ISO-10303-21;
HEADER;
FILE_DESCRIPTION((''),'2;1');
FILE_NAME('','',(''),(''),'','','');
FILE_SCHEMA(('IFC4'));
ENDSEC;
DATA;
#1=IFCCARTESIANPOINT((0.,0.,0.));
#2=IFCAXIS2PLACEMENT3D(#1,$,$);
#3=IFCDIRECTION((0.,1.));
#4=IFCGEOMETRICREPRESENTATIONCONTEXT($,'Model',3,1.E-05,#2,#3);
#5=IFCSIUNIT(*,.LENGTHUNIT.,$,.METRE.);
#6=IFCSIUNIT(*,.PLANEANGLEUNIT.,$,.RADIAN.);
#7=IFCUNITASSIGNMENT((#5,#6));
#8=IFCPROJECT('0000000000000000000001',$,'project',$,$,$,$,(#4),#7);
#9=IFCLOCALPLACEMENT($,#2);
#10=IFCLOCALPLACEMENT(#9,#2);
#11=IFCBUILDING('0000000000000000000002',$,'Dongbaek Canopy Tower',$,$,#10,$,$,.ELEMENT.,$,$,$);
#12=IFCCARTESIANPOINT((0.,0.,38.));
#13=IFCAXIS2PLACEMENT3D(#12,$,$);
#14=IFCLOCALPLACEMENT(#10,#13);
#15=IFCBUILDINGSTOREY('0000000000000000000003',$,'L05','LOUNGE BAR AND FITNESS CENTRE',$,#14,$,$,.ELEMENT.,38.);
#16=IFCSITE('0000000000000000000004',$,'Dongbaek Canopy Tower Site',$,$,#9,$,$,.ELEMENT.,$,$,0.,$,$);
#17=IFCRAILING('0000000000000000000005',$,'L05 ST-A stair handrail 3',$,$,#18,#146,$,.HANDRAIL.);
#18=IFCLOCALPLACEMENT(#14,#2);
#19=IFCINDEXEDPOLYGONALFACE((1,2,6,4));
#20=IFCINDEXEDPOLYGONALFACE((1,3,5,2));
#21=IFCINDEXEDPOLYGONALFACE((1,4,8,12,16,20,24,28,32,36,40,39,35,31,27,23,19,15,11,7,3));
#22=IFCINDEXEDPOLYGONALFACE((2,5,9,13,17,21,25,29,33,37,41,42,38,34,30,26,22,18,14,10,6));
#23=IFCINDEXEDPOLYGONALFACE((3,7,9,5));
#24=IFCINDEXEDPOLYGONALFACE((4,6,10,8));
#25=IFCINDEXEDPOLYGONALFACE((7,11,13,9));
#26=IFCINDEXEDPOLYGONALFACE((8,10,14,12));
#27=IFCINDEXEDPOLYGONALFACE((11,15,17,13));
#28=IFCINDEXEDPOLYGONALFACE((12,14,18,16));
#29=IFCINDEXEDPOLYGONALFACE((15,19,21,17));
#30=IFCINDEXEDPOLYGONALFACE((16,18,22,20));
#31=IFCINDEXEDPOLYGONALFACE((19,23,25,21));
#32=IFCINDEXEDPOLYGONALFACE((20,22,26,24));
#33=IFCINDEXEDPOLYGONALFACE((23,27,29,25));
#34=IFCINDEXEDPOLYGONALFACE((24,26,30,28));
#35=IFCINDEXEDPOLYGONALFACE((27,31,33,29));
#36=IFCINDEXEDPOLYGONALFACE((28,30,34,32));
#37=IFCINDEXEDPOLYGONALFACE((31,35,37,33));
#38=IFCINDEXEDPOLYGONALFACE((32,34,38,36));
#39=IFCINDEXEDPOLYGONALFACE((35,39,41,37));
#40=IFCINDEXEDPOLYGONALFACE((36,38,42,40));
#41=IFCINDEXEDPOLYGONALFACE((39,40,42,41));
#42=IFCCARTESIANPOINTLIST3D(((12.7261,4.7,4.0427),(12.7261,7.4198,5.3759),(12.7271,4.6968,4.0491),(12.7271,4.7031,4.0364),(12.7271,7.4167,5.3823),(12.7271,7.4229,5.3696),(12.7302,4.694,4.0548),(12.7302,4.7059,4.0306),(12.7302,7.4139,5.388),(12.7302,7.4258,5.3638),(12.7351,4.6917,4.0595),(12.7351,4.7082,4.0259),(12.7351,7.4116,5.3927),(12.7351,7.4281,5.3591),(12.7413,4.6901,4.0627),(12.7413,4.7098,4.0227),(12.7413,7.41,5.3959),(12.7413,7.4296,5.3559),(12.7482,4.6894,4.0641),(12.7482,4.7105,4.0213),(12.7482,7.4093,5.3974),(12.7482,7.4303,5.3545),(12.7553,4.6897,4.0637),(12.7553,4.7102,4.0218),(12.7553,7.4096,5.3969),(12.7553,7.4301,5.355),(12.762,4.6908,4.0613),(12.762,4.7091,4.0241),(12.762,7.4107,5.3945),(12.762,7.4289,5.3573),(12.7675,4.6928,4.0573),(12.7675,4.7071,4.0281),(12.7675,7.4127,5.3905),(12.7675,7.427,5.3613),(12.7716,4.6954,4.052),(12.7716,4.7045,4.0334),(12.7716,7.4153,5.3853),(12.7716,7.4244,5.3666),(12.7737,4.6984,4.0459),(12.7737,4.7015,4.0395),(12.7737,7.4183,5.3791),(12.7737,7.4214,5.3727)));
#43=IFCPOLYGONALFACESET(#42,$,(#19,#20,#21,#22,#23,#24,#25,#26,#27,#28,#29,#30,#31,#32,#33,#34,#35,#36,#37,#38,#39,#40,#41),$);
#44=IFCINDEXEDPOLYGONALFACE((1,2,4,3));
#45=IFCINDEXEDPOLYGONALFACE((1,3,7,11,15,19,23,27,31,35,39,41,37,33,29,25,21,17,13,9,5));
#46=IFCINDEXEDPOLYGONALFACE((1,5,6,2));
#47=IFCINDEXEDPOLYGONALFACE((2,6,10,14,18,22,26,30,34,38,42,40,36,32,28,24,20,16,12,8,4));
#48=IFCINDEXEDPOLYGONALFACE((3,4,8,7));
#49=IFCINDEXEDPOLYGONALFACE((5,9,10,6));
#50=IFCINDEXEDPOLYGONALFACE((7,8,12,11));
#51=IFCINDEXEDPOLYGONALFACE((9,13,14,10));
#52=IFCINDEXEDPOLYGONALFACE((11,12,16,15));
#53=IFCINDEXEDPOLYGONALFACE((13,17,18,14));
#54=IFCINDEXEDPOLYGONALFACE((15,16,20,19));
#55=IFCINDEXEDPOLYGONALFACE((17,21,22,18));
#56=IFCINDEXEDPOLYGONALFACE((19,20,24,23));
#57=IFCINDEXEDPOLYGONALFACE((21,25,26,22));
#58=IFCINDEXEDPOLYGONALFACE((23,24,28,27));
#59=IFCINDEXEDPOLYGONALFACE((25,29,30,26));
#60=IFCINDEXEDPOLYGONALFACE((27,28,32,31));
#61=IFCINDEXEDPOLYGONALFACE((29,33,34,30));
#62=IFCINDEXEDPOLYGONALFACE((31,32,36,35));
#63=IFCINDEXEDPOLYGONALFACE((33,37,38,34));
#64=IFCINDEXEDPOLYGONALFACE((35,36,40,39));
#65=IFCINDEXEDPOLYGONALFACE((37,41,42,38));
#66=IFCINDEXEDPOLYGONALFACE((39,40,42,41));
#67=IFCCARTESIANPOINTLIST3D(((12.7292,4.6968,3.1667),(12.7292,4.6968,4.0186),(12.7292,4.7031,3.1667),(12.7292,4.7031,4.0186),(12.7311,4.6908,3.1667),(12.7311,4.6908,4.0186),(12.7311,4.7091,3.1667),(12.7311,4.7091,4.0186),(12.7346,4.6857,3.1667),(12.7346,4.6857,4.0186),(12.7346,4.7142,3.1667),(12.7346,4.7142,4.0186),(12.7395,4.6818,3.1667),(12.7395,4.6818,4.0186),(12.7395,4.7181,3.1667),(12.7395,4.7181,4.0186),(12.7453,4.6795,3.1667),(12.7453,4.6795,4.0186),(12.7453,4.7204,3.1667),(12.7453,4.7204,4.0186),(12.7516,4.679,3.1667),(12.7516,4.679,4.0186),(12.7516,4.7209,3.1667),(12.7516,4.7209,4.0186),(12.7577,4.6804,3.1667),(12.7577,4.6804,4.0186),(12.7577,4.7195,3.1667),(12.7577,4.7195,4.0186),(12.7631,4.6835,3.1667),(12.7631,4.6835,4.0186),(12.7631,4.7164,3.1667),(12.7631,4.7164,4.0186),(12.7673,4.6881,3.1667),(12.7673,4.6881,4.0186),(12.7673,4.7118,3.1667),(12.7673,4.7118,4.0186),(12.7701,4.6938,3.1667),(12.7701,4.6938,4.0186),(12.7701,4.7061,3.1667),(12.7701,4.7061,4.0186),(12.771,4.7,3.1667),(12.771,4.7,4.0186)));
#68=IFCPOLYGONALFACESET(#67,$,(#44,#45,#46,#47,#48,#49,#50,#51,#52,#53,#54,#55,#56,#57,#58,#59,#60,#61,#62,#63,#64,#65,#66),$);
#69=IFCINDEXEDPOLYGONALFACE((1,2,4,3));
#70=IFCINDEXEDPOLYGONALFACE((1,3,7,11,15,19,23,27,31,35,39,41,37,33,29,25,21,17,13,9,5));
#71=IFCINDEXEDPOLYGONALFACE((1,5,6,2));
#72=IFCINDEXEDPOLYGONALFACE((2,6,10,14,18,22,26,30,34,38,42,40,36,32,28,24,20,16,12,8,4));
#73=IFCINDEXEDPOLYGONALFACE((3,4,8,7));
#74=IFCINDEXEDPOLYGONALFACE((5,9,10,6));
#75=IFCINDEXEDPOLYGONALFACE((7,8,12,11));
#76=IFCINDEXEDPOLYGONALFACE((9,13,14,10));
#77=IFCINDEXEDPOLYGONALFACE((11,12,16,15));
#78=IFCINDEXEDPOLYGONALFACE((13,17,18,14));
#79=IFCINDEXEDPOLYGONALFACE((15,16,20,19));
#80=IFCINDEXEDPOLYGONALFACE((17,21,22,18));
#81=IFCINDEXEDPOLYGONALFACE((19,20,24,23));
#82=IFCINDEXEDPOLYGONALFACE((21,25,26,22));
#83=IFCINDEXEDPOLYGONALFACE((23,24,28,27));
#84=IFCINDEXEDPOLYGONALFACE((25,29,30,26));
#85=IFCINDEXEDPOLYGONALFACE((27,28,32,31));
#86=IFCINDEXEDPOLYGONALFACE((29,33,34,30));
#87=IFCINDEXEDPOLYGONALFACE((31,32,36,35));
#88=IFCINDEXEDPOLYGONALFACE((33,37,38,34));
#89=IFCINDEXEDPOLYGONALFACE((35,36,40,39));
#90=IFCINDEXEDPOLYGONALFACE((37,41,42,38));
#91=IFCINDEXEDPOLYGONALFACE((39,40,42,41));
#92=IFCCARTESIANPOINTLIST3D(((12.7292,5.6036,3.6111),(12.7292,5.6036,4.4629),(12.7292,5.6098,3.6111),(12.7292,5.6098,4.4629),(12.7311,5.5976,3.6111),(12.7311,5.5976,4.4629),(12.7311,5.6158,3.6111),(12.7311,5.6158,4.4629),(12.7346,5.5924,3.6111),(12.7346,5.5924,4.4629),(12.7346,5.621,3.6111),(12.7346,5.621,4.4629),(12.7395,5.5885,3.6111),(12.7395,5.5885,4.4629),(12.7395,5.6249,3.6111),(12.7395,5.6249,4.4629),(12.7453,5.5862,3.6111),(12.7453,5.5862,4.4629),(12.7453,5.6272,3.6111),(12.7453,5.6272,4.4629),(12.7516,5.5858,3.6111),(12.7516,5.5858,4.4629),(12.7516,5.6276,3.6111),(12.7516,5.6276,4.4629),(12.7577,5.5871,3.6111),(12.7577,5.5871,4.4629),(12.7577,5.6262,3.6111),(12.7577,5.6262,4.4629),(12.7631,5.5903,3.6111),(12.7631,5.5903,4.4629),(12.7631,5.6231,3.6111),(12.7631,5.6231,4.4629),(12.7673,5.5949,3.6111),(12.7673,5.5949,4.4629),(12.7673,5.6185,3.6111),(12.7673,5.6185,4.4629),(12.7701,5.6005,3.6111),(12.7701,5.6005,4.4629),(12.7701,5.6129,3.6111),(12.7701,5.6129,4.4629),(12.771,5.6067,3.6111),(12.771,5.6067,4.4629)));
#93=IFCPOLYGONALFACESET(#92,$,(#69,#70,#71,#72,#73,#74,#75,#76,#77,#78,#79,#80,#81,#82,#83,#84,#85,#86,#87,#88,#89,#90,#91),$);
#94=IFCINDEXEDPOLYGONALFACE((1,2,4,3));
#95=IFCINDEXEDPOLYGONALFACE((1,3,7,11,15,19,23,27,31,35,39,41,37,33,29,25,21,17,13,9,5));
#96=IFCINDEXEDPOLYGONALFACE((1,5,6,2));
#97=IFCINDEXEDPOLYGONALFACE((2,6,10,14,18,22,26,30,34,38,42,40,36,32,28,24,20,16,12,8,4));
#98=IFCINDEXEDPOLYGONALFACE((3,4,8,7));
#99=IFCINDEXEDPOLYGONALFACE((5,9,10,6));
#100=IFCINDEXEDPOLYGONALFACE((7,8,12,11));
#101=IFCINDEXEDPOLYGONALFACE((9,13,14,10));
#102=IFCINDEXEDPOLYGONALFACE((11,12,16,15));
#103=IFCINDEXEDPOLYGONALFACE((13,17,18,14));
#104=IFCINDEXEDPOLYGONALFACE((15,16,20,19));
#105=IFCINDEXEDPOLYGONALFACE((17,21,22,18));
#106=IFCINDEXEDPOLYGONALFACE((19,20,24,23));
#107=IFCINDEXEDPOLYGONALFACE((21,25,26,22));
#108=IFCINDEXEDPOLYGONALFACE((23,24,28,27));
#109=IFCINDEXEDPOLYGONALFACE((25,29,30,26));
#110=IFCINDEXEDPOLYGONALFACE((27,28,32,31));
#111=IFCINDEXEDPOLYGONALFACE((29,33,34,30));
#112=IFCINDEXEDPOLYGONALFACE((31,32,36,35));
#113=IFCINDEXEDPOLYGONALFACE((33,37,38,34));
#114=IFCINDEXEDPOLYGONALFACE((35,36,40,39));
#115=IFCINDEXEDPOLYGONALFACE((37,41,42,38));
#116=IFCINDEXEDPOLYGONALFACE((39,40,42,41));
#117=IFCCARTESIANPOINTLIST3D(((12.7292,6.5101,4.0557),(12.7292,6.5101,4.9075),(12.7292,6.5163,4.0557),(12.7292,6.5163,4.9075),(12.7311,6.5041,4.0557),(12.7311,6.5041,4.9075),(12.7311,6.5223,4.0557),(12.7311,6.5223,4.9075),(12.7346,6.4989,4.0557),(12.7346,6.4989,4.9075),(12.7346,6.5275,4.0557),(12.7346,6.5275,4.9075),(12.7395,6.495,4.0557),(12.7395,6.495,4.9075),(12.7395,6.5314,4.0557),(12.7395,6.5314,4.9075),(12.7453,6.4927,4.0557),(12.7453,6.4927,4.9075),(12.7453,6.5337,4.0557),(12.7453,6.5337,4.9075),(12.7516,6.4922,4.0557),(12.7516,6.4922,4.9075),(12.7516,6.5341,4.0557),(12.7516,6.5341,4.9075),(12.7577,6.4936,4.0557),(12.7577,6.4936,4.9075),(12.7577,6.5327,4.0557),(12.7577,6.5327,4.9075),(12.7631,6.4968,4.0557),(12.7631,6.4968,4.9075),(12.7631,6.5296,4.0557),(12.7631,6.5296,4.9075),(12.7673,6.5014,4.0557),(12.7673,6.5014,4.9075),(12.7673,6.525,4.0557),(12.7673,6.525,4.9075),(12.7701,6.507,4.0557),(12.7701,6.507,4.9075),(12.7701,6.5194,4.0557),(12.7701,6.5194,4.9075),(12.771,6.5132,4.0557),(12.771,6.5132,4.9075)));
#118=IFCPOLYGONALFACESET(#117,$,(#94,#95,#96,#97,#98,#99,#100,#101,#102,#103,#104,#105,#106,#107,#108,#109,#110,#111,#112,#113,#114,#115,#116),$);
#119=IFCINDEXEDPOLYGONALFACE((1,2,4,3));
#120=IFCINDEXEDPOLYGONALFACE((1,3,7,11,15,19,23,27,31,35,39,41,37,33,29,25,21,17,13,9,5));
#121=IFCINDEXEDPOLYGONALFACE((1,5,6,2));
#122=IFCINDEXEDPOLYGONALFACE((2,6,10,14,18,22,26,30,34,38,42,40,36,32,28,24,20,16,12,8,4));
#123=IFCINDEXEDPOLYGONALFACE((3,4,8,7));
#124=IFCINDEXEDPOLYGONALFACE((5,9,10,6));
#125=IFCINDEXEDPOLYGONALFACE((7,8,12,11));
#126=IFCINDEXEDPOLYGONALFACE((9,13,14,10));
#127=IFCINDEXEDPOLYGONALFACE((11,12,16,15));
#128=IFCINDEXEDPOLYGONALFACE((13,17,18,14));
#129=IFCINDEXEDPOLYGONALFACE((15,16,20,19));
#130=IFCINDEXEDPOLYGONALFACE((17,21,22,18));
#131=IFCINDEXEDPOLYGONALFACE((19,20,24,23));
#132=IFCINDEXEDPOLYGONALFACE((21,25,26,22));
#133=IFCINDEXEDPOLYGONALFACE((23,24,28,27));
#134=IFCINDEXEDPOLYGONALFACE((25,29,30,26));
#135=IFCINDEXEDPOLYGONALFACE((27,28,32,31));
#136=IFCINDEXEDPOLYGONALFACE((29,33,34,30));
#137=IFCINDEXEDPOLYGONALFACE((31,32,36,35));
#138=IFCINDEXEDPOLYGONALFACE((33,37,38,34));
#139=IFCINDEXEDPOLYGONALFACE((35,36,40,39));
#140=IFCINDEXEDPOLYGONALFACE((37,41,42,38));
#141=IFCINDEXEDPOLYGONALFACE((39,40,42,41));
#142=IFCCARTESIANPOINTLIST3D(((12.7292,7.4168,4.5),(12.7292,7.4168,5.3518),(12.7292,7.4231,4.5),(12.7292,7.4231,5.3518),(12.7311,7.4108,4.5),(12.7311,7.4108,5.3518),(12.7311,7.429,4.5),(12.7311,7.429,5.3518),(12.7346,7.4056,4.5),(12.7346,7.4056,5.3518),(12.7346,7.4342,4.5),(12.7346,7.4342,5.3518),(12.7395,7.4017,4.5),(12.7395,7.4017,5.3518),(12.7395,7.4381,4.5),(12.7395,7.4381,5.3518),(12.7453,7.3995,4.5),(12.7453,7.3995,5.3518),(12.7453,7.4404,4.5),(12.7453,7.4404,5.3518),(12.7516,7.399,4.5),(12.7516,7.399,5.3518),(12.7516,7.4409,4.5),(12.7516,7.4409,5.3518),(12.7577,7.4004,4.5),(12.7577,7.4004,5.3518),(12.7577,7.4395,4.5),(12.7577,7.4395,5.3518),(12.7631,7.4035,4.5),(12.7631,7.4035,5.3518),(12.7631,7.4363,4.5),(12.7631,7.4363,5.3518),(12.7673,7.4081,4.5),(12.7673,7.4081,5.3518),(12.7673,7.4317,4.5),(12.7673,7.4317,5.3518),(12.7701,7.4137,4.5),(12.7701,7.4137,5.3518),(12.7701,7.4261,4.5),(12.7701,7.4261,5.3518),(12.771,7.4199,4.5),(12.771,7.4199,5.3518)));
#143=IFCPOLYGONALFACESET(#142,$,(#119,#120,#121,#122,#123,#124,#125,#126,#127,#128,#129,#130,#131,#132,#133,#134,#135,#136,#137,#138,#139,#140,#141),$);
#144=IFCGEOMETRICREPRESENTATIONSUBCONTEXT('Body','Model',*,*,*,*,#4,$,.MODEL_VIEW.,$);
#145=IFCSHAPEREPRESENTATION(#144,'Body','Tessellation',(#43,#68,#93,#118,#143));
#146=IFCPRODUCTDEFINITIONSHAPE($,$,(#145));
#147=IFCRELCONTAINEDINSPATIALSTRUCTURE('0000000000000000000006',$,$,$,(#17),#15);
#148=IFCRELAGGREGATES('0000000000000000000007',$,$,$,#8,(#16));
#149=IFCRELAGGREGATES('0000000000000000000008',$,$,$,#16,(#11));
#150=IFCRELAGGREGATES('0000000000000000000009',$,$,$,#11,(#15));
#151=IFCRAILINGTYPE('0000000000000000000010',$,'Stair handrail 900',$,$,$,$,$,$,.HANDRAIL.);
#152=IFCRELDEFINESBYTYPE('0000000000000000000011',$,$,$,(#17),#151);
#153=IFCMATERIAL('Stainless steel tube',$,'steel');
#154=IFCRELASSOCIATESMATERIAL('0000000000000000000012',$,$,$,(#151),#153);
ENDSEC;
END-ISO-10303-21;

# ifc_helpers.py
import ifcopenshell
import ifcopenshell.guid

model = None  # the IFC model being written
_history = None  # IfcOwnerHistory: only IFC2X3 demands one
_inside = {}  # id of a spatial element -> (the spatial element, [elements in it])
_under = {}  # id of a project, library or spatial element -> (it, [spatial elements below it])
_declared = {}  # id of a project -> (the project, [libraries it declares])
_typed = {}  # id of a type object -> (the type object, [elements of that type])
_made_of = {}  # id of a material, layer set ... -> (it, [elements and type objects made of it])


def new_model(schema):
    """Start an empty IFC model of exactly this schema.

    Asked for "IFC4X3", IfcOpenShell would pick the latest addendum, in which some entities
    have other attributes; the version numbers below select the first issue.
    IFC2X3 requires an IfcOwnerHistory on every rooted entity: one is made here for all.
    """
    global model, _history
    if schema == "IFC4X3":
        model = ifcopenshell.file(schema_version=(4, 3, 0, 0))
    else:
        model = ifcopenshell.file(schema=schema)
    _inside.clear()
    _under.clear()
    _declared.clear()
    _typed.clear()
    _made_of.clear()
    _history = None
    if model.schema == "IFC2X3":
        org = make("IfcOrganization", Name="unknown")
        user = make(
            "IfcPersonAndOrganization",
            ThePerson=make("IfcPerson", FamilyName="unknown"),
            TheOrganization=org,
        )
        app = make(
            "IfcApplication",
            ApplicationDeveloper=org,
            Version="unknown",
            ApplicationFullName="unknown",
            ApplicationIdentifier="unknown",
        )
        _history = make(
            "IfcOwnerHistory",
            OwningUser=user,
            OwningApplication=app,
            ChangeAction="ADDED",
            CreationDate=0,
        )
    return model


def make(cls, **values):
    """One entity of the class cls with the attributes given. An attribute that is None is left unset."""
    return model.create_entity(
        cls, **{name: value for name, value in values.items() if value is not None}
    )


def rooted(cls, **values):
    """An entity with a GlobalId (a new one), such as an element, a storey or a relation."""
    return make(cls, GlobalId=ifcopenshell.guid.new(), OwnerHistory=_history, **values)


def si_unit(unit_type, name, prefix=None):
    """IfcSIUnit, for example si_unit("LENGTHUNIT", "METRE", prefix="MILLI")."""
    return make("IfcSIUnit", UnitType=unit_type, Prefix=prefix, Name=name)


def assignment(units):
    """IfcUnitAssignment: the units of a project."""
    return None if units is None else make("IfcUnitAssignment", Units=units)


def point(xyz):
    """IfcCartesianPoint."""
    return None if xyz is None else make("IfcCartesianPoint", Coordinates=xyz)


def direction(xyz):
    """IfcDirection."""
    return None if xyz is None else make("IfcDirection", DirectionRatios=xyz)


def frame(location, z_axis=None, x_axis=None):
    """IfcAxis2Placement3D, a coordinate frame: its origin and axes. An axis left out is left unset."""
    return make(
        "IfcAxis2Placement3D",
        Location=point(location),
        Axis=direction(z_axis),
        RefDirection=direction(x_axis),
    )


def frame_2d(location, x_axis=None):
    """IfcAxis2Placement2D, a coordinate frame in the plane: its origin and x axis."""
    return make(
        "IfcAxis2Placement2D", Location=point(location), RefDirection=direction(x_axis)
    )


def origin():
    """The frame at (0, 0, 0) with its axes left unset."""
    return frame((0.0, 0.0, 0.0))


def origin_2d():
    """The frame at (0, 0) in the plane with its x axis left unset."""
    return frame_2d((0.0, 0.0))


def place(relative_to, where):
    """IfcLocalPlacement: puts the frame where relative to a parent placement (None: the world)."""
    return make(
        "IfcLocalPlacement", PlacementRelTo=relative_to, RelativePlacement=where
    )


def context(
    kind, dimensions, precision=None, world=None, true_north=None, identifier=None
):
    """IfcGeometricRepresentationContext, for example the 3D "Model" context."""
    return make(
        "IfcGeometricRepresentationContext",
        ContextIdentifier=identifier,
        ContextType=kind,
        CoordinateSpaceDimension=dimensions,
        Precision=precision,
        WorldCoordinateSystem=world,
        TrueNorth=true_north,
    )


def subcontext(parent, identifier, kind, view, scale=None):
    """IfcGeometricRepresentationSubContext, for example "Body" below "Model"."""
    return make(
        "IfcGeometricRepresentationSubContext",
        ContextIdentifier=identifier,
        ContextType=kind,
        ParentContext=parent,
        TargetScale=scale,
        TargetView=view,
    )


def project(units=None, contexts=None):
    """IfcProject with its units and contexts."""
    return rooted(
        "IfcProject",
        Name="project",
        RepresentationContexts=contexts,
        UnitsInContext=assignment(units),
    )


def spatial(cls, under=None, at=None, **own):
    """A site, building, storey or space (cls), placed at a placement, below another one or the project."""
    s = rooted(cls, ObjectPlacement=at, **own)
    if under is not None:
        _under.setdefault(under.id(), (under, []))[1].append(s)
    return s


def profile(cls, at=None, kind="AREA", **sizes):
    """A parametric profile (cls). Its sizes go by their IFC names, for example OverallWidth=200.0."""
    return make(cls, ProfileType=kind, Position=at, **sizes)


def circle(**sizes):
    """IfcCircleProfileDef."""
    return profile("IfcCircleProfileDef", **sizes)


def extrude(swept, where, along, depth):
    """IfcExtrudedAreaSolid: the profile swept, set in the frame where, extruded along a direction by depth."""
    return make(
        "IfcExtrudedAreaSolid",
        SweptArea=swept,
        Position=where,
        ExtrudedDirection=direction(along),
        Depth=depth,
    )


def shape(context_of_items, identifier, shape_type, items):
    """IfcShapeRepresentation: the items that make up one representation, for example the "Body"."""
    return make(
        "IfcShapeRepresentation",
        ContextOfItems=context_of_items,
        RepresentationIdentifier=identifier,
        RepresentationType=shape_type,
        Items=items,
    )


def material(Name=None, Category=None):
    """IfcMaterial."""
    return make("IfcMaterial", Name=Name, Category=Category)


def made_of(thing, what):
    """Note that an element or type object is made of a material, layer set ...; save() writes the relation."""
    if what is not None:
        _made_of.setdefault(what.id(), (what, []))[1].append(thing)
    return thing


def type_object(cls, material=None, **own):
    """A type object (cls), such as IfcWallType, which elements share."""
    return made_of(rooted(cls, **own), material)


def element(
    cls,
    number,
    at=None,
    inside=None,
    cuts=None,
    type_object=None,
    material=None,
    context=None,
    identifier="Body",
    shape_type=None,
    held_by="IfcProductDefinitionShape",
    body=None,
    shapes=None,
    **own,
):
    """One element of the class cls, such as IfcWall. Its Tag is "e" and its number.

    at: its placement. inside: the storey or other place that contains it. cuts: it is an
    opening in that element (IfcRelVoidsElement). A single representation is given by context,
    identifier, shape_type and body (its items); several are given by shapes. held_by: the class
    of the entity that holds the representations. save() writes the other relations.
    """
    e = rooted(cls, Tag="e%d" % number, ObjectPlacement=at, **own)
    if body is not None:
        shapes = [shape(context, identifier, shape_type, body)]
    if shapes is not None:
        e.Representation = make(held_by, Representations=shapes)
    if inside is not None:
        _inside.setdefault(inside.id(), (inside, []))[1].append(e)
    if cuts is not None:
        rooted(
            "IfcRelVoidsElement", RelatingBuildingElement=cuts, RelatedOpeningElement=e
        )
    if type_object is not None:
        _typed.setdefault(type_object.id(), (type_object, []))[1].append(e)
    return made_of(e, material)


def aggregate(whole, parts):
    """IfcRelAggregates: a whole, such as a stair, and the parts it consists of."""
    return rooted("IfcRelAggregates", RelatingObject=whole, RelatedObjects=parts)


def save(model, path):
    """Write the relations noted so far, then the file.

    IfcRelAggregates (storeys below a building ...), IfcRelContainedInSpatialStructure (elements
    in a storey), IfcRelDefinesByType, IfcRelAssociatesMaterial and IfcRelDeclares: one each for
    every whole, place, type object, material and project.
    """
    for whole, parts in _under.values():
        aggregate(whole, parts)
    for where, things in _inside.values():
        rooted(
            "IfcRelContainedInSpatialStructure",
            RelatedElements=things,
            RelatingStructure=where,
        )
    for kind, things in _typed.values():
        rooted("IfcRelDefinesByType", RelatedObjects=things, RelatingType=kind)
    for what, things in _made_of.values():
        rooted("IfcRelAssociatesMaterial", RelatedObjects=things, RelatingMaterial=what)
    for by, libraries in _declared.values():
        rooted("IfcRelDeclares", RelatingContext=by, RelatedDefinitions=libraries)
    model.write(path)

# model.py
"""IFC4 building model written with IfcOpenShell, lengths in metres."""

from ifc_helpers import new_model, si_unit, direction, frame, origin, origin_2d, place, context, subcontext, project, spatial, circle, extrude, material, type_object, element, save


model = new_model("IFC4")

# Units and contexts
model_context = context("Model", 3, precision=1e-05, world=origin(), true_north=direction((0.0, 1.0)))
body_context = subcontext(model_context, "Body", "Model", "MODEL_VIEW")
ifc_project = project(units=[si_unit("LENGTHUNIT", "METRE"), si_unit("PLANEANGLEUNIT", "RADIAN")], contexts=[model_context])

# Site, building, storey
site_placement = place(None, origin())
site = spatial("IfcSite", under=ifc_project, at=site_placement, Name="Dongbaek Canopy Tower Site", CompositionType="ELEMENT", RefElevation=0.0)
building_placement = place(site_placement, origin())
building = spatial("IfcBuilding", under=site, at=building_placement, Name="Dongbaek Canopy Tower", CompositionType="ELEMENT")
storey_placement = place(building_placement, frame((0.0, 0.0, 38.0)))
storey = spatial("IfcBuildingStorey", under=building, at=storey_placement, Name="L05", Description="LOUNGE BAR AND FITNESS CENTRE", CompositionType="ELEMENT", Elevation=38.0)

# Railing
ifc_material_1 = material(Name="Stainless steel tube", Category="steel")
railing_type_1 = type_object("IfcRailingType", Name="Stair handrail 900", PredefinedType="HANDRAIL", material=ifc_material_1)
for number, where, name in (
    (1, (12.75, 4.7, 3.1667), "L05 ST-A stair handrail 3"),
):
    element("IfcRailing", number, at=place(storey_placement, frame(where)), inside=storey, type_object=railing_type_1, Name=name, PredefinedType="HANDRAIL", context=body_context, shape_type="SweptSolid", body=[
        extrude(circle(Radius=0.0239, at=origin_2d()), frame((0.0, 0.0, 0.876), z_axis=(0.0, 0.897929, 0.440139), x_axis=(-1.0, 0.0, 0.0)), (0.0, 0.0, 1.0), 3.0291),
        extrude(circle(Radius=0.021, at=origin_2d()), origin(), (0.0, 0.0, 1.0), 0.8518),
        extrude(circle(Radius=0.021, at=origin_2d()), frame((0.0, 0.9067, 0.4443)), (0.0, 0.0, 1.0), 0.8518),
        extrude(circle(Radius=0.021, at=origin_2d()), frame((0.0, 1.8132, 0.8889)), (0.0, 0.0, 1.0), 0.8518),
        extrude(circle(Radius=0.021, at=origin_2d()), frame((0.0, 2.72, 1.3333)), (0.0, 0.0, 1.0), 0.8518),
    ])

save(model, "model.ifc")
